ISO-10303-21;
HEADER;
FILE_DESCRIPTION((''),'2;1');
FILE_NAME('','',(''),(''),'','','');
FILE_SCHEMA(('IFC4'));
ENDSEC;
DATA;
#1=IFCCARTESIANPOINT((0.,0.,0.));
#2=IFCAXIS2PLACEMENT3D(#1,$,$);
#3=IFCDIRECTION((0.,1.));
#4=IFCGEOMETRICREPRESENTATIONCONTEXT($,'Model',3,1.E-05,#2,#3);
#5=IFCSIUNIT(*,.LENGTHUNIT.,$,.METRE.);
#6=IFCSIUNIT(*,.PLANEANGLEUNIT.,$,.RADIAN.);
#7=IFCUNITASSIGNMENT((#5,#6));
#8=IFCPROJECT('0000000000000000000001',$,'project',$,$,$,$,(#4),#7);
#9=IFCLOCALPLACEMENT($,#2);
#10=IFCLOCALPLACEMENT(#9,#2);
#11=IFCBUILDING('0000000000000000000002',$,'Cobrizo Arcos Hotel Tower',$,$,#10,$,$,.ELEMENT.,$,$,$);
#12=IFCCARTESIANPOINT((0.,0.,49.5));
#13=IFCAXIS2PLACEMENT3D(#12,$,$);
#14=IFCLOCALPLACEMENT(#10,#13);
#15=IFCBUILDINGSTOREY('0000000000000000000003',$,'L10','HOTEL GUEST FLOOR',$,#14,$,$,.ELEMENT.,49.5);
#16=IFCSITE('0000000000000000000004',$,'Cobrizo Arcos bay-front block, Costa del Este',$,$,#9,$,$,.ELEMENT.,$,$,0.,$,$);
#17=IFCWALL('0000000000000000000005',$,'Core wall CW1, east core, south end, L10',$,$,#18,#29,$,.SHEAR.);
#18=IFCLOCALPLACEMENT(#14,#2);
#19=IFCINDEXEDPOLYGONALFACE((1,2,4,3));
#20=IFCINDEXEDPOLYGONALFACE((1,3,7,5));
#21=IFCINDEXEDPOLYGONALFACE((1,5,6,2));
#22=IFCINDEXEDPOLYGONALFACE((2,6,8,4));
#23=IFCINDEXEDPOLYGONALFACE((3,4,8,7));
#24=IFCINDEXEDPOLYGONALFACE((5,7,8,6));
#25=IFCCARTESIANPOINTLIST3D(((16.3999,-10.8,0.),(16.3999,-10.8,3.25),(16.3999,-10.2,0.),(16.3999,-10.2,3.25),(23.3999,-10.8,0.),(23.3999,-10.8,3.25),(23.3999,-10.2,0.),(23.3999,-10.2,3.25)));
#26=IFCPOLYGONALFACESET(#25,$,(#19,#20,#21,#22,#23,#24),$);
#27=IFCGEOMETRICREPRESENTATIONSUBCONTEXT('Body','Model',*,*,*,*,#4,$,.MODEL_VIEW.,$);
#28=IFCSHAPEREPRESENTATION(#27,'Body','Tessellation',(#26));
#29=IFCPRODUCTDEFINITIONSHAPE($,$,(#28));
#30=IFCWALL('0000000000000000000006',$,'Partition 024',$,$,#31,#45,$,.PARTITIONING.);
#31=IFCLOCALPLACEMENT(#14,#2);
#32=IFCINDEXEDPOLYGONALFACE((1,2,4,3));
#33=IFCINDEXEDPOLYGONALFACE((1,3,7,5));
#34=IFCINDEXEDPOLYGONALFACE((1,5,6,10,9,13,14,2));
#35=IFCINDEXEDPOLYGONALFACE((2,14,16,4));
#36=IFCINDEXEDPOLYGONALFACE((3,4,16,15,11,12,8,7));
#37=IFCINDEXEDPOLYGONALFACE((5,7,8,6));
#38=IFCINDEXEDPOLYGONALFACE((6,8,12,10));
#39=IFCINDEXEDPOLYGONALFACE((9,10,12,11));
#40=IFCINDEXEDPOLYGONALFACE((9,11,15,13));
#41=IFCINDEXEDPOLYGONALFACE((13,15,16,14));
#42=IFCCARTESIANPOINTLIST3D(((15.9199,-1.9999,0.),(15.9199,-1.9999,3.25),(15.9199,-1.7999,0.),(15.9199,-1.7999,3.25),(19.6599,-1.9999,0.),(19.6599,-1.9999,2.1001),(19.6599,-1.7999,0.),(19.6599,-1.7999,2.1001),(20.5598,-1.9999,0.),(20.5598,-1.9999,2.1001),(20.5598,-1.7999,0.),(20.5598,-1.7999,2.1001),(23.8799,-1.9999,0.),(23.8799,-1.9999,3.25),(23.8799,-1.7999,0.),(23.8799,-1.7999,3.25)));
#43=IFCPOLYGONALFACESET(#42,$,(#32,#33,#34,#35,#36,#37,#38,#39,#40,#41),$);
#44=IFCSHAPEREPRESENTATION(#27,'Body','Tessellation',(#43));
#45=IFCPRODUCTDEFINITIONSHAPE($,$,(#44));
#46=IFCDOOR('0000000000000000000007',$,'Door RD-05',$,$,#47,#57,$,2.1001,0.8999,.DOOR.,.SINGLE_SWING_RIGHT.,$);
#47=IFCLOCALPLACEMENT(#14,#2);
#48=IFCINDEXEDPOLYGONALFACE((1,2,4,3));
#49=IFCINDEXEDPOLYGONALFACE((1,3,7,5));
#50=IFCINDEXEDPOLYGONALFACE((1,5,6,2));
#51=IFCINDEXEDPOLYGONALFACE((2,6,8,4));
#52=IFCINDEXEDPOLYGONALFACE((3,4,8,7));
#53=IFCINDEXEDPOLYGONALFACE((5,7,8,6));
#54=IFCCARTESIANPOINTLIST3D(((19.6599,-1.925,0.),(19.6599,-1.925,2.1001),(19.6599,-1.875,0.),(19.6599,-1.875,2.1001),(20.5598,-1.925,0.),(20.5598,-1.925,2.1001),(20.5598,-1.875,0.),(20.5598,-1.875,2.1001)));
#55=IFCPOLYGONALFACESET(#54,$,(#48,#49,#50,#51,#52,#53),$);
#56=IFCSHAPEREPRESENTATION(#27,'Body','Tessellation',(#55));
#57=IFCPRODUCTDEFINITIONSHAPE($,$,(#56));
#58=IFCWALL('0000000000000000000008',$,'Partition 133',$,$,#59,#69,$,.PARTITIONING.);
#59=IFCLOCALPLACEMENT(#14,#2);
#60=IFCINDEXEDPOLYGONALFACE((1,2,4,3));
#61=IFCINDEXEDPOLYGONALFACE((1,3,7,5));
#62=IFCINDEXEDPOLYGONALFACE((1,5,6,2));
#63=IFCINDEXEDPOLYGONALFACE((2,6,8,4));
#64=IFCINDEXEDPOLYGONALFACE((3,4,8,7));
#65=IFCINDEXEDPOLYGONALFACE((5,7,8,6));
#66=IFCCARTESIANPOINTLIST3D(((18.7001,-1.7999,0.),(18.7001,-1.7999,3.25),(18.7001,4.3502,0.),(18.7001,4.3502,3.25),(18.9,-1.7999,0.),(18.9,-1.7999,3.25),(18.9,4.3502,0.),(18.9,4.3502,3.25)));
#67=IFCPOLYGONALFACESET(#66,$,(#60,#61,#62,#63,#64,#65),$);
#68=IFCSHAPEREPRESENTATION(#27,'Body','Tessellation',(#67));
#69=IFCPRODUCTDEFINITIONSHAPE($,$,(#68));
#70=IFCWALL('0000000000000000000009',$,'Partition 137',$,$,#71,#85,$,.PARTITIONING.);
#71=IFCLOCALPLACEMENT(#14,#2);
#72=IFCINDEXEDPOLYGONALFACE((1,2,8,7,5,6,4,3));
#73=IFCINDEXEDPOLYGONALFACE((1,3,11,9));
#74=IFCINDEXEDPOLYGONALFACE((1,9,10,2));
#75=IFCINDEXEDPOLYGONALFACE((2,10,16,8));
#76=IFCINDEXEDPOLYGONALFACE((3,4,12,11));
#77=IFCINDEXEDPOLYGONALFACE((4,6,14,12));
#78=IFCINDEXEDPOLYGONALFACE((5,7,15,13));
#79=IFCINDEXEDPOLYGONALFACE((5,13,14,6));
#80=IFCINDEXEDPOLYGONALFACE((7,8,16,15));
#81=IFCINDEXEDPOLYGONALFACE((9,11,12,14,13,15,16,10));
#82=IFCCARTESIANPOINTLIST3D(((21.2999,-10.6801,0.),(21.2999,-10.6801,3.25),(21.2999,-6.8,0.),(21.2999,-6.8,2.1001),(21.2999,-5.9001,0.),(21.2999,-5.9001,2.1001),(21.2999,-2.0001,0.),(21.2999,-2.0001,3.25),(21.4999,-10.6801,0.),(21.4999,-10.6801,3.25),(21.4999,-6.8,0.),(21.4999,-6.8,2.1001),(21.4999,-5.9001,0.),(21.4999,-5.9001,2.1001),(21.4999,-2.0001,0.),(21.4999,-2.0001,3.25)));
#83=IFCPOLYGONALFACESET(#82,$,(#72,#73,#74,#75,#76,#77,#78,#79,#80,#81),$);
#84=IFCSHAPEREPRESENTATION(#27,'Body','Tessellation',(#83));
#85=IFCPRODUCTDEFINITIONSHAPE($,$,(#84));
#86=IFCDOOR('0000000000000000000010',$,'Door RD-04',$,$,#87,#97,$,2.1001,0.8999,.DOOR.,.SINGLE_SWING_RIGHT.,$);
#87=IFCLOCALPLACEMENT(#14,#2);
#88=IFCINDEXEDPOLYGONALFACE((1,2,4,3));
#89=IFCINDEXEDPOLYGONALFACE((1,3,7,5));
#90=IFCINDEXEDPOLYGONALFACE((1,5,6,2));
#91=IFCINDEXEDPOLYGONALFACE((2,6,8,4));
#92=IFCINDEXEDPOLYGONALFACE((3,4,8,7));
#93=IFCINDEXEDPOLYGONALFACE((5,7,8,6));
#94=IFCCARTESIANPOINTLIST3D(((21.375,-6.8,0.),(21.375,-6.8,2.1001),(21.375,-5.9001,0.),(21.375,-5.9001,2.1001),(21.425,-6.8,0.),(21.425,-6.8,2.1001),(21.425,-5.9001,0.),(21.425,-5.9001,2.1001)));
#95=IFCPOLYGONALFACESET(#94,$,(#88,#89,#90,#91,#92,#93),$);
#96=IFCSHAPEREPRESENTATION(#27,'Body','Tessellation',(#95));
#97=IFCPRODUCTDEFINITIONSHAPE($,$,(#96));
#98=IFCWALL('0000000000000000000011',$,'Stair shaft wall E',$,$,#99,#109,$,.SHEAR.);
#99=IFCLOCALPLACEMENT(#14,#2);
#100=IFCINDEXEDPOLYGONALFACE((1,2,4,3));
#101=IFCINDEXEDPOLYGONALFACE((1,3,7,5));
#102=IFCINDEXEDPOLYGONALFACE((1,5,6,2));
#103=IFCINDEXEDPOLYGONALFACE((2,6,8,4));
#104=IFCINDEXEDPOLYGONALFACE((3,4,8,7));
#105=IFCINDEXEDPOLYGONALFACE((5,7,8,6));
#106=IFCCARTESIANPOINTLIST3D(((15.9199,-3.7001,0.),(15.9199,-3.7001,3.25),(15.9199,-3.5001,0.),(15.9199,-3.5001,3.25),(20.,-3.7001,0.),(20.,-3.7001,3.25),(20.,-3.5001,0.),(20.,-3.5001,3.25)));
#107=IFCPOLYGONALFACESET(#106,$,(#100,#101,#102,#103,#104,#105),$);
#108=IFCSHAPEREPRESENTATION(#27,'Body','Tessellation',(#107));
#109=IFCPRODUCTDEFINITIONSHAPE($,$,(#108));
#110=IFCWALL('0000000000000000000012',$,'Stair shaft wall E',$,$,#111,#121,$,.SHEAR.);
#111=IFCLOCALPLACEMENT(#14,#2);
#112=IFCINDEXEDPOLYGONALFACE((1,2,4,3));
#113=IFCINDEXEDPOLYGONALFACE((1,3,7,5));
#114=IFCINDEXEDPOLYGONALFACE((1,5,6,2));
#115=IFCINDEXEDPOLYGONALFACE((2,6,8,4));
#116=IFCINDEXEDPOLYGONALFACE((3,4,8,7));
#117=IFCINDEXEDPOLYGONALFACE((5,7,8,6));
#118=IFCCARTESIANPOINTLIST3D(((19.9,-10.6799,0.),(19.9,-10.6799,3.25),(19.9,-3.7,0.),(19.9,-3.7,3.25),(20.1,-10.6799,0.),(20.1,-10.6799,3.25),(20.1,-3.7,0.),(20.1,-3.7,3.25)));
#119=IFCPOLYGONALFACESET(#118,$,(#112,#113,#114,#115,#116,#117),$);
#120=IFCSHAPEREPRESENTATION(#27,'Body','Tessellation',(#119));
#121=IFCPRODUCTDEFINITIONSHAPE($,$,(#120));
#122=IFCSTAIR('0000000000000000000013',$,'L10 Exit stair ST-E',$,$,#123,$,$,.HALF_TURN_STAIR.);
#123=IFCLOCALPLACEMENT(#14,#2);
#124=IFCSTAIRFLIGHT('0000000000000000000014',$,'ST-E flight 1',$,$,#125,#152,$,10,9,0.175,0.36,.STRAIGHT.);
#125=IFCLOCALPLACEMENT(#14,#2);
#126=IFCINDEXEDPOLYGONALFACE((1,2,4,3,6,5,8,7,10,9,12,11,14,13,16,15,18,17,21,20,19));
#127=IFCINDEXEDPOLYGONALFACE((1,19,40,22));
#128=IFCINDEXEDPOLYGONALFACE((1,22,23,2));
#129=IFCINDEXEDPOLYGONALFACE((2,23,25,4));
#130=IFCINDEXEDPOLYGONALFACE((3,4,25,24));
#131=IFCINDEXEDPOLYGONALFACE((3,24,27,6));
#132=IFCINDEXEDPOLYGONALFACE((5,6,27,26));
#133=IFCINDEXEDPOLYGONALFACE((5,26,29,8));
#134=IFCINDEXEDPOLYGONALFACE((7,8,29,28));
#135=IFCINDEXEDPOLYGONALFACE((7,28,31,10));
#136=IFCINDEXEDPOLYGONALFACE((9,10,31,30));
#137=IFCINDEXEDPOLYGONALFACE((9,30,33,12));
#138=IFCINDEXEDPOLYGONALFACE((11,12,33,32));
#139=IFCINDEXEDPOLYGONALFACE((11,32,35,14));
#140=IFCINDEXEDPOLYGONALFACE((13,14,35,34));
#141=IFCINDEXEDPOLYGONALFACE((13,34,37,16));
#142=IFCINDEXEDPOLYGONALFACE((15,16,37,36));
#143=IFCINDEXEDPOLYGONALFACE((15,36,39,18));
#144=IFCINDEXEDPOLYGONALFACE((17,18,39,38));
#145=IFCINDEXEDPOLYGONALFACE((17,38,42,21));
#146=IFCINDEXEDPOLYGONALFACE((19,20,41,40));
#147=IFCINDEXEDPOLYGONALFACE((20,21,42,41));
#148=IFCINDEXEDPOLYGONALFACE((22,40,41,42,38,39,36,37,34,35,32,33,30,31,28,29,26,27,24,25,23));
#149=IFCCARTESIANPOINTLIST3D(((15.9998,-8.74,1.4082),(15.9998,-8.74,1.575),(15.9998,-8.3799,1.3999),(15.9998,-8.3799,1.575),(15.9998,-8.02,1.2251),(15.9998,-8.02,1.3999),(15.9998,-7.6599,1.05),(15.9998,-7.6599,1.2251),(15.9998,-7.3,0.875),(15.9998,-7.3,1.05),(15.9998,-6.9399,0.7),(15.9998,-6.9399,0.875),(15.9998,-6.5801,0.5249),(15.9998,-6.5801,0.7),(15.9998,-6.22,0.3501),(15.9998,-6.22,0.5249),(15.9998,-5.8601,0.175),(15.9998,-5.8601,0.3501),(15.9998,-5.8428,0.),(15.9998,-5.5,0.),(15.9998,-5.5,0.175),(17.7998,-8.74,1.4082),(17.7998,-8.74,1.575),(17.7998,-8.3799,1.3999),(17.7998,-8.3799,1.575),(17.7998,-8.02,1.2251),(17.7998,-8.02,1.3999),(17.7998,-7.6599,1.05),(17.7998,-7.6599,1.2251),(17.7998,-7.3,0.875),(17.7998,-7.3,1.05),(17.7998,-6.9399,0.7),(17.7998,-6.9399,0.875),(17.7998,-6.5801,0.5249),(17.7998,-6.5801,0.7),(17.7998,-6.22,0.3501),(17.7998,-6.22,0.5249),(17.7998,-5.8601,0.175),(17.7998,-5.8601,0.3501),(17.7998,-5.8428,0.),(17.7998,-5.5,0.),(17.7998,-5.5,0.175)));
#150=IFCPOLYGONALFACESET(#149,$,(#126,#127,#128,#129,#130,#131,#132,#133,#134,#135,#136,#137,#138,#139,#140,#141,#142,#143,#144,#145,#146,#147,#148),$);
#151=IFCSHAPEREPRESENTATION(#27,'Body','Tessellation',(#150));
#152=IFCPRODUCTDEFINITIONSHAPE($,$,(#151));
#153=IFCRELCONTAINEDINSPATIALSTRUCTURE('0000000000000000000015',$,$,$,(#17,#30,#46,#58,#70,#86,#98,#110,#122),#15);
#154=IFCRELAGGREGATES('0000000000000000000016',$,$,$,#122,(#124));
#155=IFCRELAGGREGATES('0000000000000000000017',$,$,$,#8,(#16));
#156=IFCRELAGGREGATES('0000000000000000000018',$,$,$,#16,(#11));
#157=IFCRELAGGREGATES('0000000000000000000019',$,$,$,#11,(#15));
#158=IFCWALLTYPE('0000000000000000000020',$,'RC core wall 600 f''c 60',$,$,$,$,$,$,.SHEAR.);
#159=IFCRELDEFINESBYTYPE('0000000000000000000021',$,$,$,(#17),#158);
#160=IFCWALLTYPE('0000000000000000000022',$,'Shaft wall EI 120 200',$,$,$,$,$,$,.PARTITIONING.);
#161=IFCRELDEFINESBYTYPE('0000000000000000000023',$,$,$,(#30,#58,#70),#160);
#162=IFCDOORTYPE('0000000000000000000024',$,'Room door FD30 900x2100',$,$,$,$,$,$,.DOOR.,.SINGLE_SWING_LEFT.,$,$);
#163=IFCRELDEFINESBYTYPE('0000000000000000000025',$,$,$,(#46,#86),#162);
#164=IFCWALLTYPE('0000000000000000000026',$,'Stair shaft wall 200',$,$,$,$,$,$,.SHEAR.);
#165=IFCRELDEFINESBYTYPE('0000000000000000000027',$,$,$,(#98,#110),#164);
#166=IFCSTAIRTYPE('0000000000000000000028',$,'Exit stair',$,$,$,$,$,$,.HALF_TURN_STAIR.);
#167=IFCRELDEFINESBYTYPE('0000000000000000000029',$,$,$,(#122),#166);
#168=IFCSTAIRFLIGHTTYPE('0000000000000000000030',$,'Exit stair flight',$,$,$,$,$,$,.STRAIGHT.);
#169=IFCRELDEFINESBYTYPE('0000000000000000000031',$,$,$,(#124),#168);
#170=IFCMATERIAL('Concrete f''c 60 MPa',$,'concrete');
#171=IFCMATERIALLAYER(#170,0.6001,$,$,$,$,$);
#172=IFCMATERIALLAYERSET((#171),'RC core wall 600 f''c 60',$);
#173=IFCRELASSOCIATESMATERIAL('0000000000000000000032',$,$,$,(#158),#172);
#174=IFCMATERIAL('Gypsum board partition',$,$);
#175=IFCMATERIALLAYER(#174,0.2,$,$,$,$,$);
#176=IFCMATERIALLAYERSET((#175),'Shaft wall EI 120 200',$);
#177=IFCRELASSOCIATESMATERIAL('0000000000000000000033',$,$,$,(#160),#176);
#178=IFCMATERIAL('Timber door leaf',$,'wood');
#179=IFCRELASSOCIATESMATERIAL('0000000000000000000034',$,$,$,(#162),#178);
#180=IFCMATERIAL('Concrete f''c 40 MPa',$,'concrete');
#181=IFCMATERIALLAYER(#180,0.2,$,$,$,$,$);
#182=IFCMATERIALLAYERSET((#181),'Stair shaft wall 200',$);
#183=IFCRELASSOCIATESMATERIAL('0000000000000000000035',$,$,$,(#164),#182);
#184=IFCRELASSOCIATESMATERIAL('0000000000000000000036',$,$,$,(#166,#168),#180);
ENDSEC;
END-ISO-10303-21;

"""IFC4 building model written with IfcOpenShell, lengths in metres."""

from ifc_helpers import new_model, si_unit, direction, frame, frame_2d, origin, place, context, subcontext, project, spatial, polyline, rectangle, outline, extrude, material, layer, layer_set, type_object, element, fill, aggregate, save


model = new_model("IFC4")

# Units and contexts
model_context = context("Model", 3, precision=1e-05, world=origin(), true_north=direction((0.0, 1.0)))
body_context = subcontext(model_context, "Body", "Model", "MODEL_VIEW")
ifc_project = project(units=[si_unit("LENGTHUNIT", "METRE"), si_unit("PLANEANGLEUNIT", "RADIAN")], contexts=[model_context])

# Site, building, storey
site_placement = place(None, origin())
site = spatial("IfcSite", under=ifc_project, at=site_placement, Name="Cobrizo Arcos bay-front block, Costa del Este", CompositionType="ELEMENT", RefElevation=0.0)
building_placement = place(site_placement, origin())
building = spatial("IfcBuilding", under=site, at=building_placement, Name="Cobrizo Arcos Hotel Tower", CompositionType="ELEMENT")
storey_placement = place(building_placement, frame((0.0, 0.0, 49.5)))
storey = spatial("IfcBuildingStorey", under=building, at=storey_placement, Name="L10", Description="HOTEL GUEST FLOOR", CompositionType="ELEMENT", Elevation=49.5)

# Wall
ifc_material_1 = material(Name="Concrete f'c 60 MPa", Category="concrete")
ifc_layer_1 = layer(ifc_material_1, 0.6001)
ifc_layer_set_1 = layer_set([ifc_layer_1], Name="RC core wall 600 f'c 60")
wall_type_1 = type_object("IfcWallType", Name="RC core wall 600 f'c 60", PredefinedType="SHEAR", material=ifc_layer_set_1)
wall_1_placement = place(storey_placement, frame((16.3999, -10.5, 0.0), z_axis=(0.0, 0.0, 1.0), x_axis=(1.0, 0.0, 0.0)))
element("IfcWall", 1, at=wall_1_placement, inside=storey, type_object=wall_type_1, Name="Core wall CW1, east core, south end, L10", PredefinedType="SHEAR", context=body_context, shape_type="SweptSolid", body=[
    extrude(rectangle(XDim=7.0, YDim=0.6001, at=frame_2d((3.5, 0.0))), origin(), (0.0, 0.0, 1.0), 3.25),
])

# Wall, opening, door
ifc_material_2 = material(Name="Gypsum board partition")
ifc_layer_2 = layer(ifc_material_2, 0.2)
ifc_layer_set_2 = layer_set([ifc_layer_2], Name="Shaft wall EI 120 200")
wall_type_2 = type_object("IfcWallType", Name="Shaft wall EI 120 200", PredefinedType="PARTITIONING", material=ifc_layer_set_2)
wall_2_placement = place(storey_placement, frame((15.9199, -1.8999, 0.0), z_axis=(0.0, 0.0, 1.0), x_axis=(1.0, 0.0, 0.0)))
wall_2 = element("IfcWall", 2, at=wall_2_placement, inside=storey, type_object=wall_type_2, Name="Partition 024", PredefinedType="PARTITIONING", context=body_context, shape_type="SweptSolid", body=[
    extrude(rectangle(XDim=7.96, YDim=0.2, at=frame_2d((3.98, 0.0))), origin(), (0.0, 0.0, 1.0), 3.25),
])
opening_1_placement = place(wall_2_placement, frame((3.74, 0.0, 0.0)))
opening_1 = element("IfcOpeningElement", 3, at=opening_1_placement, cuts=wall_2, PredefinedType="OPENING", context=body_context, shape_type="SweptSolid", body=[
    extrude(rectangle(XDim=0.8999, YDim=2.1001, at=frame_2d((0.45, 1.05))), frame((0.0, 0.1121, 0.0), z_axis=(0.0, -1.0, 0.0), x_axis=(1.0, 0.0, 0.0)), (0.0, 0.0, 1.0), 0.2239),
])
ifc_material_3 = material(Name="Timber door leaf", Category="wood")
door_type = type_object("IfcDoorType", Name="Room door FD30 900x2100", OperationType="SINGLE_SWING_LEFT", PredefinedType="DOOR", material=ifc_material_3)
door_1_placement = place(opening_1_placement, origin())
door_1 = element("IfcDoor", 4, at=door_1_placement, inside=storey, type_object=door_type, Name="Door RD-05", OperationType="SINGLE_SWING_RIGHT", OverallHeight=2.1001, OverallWidth=0.8999, PredefinedType="DOOR", context=body_context, shape_type="SweptSolid", body=[
    extrude(rectangle(XDim=0.8999, YDim=2.1001, at=frame_2d((0.45, 1.05))), frame((0.0, 0.0249, 0.0), z_axis=(0.0, -1.0, 0.0), x_axis=(1.0, 0.0, 0.0)), (0.0, 0.0, 1.0), 0.05),
])
fill(opening_1, door_1)

# Wall
wall_3_placement = place(storey_placement, frame((18.8, -1.8, 0.0), z_axis=(0.0, 0.0, 1.0), x_axis=(0.0, 1.0, 0.0)))
element("IfcWall", 5, at=wall_3_placement, inside=storey, type_object=wall_type_2, Name="Partition 133", PredefinedType="PARTITIONING", context=body_context, shape_type="SweptSolid", body=[
    extrude(rectangle(XDim=6.1501, YDim=0.2, at=frame_2d((3.0752, 0.0))), origin(), (0.0, 0.0, 1.0), 3.25),
])

# Wall, opening, door
wall_4_placement = place(storey_placement, frame((21.3999, -10.6799, 0.0), z_axis=(0.0, 0.0, 1.0), x_axis=(0.0, 1.0, 0.0)))
wall_4 = element("IfcWall", 6, at=wall_4_placement, inside=storey, type_object=wall_type_2, Name="Partition 137", PredefinedType="PARTITIONING", context=body_context, shape_type="SweptSolid", body=[
    extrude(rectangle(XDim=8.6799, YDim=0.2, at=frame_2d((4.3398, 0.0))), origin(), (0.0, 0.0, 1.0), 3.25),
])
opening_2_placement = place(wall_4_placement, frame((3.8799, 0.0, 0.0)))
opening_2 = element("IfcOpeningElement", 7, at=opening_2_placement, cuts=wall_4, PredefinedType="OPENING", context=body_context, shape_type="SweptSolid", body=[
    extrude(rectangle(XDim=0.8999, YDim=2.1001, at=frame_2d((0.45, 1.05))), frame((0.0, 0.1121, 0.0), z_axis=(0.0, -1.0, 0.0), x_axis=(1.0, 0.0, 0.0)), (0.0, 0.0, 1.0), 0.2239),
])
door_2_placement = place(opening_2_placement, origin())
door_2 = element("IfcDoor", 8, at=door_2_placement, inside=storey, type_object=door_type, Name="Door RD-04", OperationType="SINGLE_SWING_RIGHT", OverallHeight=2.1001, OverallWidth=0.8999, PredefinedType="DOOR", context=body_context, shape_type="SweptSolid", body=[
    extrude(rectangle(XDim=0.8999, YDim=2.1001, at=frame_2d((0.45, 1.05))), frame((0.0, 0.0249, 0.0), z_axis=(0.0, -1.0, 0.0), x_axis=(1.0, 0.0, 0.0)), (0.0, 0.0, 1.0), 0.05),
])
fill(opening_2, door_2)

# Walls
ifc_material_4 = material(Name="Concrete f'c 40 MPa", Category="concrete")
ifc_layer_3 = layer(ifc_material_4, 0.2)
ifc_layer_set_3 = layer_set([ifc_layer_3], Name="Stair shaft wall 200")
wall_type_3 = type_object("IfcWallType", Name="Stair shaft wall 200", PredefinedType="SHEAR", material=ifc_layer_set_3)
wall_5_placement = place(storey_placement, frame((15.9199, -3.6001, 0.0), z_axis=(0.0, 0.0, 1.0), x_axis=(1.0, 0.0, 0.0)))
element("IfcWall", 9, at=wall_5_placement, inside=storey, type_object=wall_type_3, Name="Stair shaft wall E", PredefinedType="SHEAR", context=body_context, shape_type="SweptSolid", body=[
    extrude(rectangle(XDim=4.0801, YDim=0.2, at=frame_2d((2.04, 0.0))), origin(), (0.0, 0.0, 1.0), 3.25),
])
wall_6_placement = place(storey_placement, frame((20.0, -10.6799, 0.0), z_axis=(0.0, 0.0, 1.0), x_axis=(0.0, 1.0, 0.0)))
element("IfcWall", 10, at=wall_6_placement, inside=storey, type_object=wall_type_3, Name="Stair shaft wall E", PredefinedType="SHEAR", context=body_context, shape_type="SweptSolid", body=[
    extrude(rectangle(XDim=6.98, YDim=0.2, at=frame_2d((3.49, 0.0))), origin(), (0.0, 0.0, 1.0), 3.25),
])

# Stair, stair flight
stair_type = type_object("IfcStairType", Name="Exit stair", PredefinedType="HALF_TURN_STAIR", material=ifc_material_4)
stair_placement = place(storey_placement, origin())
stair = element("IfcStair", 11, at=stair_placement, inside=storey, type_object=stair_type, Name="L10 Exit stair ST-E", PredefinedType="HALF_TURN_STAIR")
stair_flight_type = type_object("IfcStairFlightType", Name="Exit stair flight", PredefinedType="STRAIGHT", material=ifc_material_4)
stair_flight_1_placement = place(storey_placement, frame((16.8999, -5.5, 0.0), z_axis=(0.0, 0.0, 1.0), x_axis=(0.0, -1.0, 0.0)))
stair_flight_1 = element("IfcStairFlight", 12, at=stair_flight_1_placement, type_object=stair_flight_type, Name="ST-E flight 1", NumberOfRisers=10, NumberOfTreads=9, PredefinedType="STRAIGHT", RiserHeight=0.175, TreadLength=0.36, context=body_context, shape_type="SweptSolid", body=[
    extrude(outline(polyline([(0.0, 0.0), (0.0, 0.175), (0.3601, 0.175), (0.3601, 0.3501), (0.72, 0.3501), (0.72, 0.5249), (1.0801, 0.5249), (1.0801, 0.7), (1.4399, 0.7), (1.4399, 0.875), (1.8, 0.875), (1.8, 1.05), (2.1599, 1.05), (2.1599, 1.2251), (2.52, 1.2251), (2.52, 1.3999), (2.8799, 1.3999), (2.8799, 1.575), (3.24, 1.575), (3.24, 1.75), (3.24, 1.4082), (0.3428, 0.0), (0.0, 0.0)])), frame((0.0, 0.8999, 0.0), z_axis=(0.0, -1.0, 0.0), x_axis=(1.0, 0.0, 0.0)), (0.0, 0.0, 1.0), 1.8),
])
aggregate(stair, [stair_flight_1])

save(model, "model.ifc")
